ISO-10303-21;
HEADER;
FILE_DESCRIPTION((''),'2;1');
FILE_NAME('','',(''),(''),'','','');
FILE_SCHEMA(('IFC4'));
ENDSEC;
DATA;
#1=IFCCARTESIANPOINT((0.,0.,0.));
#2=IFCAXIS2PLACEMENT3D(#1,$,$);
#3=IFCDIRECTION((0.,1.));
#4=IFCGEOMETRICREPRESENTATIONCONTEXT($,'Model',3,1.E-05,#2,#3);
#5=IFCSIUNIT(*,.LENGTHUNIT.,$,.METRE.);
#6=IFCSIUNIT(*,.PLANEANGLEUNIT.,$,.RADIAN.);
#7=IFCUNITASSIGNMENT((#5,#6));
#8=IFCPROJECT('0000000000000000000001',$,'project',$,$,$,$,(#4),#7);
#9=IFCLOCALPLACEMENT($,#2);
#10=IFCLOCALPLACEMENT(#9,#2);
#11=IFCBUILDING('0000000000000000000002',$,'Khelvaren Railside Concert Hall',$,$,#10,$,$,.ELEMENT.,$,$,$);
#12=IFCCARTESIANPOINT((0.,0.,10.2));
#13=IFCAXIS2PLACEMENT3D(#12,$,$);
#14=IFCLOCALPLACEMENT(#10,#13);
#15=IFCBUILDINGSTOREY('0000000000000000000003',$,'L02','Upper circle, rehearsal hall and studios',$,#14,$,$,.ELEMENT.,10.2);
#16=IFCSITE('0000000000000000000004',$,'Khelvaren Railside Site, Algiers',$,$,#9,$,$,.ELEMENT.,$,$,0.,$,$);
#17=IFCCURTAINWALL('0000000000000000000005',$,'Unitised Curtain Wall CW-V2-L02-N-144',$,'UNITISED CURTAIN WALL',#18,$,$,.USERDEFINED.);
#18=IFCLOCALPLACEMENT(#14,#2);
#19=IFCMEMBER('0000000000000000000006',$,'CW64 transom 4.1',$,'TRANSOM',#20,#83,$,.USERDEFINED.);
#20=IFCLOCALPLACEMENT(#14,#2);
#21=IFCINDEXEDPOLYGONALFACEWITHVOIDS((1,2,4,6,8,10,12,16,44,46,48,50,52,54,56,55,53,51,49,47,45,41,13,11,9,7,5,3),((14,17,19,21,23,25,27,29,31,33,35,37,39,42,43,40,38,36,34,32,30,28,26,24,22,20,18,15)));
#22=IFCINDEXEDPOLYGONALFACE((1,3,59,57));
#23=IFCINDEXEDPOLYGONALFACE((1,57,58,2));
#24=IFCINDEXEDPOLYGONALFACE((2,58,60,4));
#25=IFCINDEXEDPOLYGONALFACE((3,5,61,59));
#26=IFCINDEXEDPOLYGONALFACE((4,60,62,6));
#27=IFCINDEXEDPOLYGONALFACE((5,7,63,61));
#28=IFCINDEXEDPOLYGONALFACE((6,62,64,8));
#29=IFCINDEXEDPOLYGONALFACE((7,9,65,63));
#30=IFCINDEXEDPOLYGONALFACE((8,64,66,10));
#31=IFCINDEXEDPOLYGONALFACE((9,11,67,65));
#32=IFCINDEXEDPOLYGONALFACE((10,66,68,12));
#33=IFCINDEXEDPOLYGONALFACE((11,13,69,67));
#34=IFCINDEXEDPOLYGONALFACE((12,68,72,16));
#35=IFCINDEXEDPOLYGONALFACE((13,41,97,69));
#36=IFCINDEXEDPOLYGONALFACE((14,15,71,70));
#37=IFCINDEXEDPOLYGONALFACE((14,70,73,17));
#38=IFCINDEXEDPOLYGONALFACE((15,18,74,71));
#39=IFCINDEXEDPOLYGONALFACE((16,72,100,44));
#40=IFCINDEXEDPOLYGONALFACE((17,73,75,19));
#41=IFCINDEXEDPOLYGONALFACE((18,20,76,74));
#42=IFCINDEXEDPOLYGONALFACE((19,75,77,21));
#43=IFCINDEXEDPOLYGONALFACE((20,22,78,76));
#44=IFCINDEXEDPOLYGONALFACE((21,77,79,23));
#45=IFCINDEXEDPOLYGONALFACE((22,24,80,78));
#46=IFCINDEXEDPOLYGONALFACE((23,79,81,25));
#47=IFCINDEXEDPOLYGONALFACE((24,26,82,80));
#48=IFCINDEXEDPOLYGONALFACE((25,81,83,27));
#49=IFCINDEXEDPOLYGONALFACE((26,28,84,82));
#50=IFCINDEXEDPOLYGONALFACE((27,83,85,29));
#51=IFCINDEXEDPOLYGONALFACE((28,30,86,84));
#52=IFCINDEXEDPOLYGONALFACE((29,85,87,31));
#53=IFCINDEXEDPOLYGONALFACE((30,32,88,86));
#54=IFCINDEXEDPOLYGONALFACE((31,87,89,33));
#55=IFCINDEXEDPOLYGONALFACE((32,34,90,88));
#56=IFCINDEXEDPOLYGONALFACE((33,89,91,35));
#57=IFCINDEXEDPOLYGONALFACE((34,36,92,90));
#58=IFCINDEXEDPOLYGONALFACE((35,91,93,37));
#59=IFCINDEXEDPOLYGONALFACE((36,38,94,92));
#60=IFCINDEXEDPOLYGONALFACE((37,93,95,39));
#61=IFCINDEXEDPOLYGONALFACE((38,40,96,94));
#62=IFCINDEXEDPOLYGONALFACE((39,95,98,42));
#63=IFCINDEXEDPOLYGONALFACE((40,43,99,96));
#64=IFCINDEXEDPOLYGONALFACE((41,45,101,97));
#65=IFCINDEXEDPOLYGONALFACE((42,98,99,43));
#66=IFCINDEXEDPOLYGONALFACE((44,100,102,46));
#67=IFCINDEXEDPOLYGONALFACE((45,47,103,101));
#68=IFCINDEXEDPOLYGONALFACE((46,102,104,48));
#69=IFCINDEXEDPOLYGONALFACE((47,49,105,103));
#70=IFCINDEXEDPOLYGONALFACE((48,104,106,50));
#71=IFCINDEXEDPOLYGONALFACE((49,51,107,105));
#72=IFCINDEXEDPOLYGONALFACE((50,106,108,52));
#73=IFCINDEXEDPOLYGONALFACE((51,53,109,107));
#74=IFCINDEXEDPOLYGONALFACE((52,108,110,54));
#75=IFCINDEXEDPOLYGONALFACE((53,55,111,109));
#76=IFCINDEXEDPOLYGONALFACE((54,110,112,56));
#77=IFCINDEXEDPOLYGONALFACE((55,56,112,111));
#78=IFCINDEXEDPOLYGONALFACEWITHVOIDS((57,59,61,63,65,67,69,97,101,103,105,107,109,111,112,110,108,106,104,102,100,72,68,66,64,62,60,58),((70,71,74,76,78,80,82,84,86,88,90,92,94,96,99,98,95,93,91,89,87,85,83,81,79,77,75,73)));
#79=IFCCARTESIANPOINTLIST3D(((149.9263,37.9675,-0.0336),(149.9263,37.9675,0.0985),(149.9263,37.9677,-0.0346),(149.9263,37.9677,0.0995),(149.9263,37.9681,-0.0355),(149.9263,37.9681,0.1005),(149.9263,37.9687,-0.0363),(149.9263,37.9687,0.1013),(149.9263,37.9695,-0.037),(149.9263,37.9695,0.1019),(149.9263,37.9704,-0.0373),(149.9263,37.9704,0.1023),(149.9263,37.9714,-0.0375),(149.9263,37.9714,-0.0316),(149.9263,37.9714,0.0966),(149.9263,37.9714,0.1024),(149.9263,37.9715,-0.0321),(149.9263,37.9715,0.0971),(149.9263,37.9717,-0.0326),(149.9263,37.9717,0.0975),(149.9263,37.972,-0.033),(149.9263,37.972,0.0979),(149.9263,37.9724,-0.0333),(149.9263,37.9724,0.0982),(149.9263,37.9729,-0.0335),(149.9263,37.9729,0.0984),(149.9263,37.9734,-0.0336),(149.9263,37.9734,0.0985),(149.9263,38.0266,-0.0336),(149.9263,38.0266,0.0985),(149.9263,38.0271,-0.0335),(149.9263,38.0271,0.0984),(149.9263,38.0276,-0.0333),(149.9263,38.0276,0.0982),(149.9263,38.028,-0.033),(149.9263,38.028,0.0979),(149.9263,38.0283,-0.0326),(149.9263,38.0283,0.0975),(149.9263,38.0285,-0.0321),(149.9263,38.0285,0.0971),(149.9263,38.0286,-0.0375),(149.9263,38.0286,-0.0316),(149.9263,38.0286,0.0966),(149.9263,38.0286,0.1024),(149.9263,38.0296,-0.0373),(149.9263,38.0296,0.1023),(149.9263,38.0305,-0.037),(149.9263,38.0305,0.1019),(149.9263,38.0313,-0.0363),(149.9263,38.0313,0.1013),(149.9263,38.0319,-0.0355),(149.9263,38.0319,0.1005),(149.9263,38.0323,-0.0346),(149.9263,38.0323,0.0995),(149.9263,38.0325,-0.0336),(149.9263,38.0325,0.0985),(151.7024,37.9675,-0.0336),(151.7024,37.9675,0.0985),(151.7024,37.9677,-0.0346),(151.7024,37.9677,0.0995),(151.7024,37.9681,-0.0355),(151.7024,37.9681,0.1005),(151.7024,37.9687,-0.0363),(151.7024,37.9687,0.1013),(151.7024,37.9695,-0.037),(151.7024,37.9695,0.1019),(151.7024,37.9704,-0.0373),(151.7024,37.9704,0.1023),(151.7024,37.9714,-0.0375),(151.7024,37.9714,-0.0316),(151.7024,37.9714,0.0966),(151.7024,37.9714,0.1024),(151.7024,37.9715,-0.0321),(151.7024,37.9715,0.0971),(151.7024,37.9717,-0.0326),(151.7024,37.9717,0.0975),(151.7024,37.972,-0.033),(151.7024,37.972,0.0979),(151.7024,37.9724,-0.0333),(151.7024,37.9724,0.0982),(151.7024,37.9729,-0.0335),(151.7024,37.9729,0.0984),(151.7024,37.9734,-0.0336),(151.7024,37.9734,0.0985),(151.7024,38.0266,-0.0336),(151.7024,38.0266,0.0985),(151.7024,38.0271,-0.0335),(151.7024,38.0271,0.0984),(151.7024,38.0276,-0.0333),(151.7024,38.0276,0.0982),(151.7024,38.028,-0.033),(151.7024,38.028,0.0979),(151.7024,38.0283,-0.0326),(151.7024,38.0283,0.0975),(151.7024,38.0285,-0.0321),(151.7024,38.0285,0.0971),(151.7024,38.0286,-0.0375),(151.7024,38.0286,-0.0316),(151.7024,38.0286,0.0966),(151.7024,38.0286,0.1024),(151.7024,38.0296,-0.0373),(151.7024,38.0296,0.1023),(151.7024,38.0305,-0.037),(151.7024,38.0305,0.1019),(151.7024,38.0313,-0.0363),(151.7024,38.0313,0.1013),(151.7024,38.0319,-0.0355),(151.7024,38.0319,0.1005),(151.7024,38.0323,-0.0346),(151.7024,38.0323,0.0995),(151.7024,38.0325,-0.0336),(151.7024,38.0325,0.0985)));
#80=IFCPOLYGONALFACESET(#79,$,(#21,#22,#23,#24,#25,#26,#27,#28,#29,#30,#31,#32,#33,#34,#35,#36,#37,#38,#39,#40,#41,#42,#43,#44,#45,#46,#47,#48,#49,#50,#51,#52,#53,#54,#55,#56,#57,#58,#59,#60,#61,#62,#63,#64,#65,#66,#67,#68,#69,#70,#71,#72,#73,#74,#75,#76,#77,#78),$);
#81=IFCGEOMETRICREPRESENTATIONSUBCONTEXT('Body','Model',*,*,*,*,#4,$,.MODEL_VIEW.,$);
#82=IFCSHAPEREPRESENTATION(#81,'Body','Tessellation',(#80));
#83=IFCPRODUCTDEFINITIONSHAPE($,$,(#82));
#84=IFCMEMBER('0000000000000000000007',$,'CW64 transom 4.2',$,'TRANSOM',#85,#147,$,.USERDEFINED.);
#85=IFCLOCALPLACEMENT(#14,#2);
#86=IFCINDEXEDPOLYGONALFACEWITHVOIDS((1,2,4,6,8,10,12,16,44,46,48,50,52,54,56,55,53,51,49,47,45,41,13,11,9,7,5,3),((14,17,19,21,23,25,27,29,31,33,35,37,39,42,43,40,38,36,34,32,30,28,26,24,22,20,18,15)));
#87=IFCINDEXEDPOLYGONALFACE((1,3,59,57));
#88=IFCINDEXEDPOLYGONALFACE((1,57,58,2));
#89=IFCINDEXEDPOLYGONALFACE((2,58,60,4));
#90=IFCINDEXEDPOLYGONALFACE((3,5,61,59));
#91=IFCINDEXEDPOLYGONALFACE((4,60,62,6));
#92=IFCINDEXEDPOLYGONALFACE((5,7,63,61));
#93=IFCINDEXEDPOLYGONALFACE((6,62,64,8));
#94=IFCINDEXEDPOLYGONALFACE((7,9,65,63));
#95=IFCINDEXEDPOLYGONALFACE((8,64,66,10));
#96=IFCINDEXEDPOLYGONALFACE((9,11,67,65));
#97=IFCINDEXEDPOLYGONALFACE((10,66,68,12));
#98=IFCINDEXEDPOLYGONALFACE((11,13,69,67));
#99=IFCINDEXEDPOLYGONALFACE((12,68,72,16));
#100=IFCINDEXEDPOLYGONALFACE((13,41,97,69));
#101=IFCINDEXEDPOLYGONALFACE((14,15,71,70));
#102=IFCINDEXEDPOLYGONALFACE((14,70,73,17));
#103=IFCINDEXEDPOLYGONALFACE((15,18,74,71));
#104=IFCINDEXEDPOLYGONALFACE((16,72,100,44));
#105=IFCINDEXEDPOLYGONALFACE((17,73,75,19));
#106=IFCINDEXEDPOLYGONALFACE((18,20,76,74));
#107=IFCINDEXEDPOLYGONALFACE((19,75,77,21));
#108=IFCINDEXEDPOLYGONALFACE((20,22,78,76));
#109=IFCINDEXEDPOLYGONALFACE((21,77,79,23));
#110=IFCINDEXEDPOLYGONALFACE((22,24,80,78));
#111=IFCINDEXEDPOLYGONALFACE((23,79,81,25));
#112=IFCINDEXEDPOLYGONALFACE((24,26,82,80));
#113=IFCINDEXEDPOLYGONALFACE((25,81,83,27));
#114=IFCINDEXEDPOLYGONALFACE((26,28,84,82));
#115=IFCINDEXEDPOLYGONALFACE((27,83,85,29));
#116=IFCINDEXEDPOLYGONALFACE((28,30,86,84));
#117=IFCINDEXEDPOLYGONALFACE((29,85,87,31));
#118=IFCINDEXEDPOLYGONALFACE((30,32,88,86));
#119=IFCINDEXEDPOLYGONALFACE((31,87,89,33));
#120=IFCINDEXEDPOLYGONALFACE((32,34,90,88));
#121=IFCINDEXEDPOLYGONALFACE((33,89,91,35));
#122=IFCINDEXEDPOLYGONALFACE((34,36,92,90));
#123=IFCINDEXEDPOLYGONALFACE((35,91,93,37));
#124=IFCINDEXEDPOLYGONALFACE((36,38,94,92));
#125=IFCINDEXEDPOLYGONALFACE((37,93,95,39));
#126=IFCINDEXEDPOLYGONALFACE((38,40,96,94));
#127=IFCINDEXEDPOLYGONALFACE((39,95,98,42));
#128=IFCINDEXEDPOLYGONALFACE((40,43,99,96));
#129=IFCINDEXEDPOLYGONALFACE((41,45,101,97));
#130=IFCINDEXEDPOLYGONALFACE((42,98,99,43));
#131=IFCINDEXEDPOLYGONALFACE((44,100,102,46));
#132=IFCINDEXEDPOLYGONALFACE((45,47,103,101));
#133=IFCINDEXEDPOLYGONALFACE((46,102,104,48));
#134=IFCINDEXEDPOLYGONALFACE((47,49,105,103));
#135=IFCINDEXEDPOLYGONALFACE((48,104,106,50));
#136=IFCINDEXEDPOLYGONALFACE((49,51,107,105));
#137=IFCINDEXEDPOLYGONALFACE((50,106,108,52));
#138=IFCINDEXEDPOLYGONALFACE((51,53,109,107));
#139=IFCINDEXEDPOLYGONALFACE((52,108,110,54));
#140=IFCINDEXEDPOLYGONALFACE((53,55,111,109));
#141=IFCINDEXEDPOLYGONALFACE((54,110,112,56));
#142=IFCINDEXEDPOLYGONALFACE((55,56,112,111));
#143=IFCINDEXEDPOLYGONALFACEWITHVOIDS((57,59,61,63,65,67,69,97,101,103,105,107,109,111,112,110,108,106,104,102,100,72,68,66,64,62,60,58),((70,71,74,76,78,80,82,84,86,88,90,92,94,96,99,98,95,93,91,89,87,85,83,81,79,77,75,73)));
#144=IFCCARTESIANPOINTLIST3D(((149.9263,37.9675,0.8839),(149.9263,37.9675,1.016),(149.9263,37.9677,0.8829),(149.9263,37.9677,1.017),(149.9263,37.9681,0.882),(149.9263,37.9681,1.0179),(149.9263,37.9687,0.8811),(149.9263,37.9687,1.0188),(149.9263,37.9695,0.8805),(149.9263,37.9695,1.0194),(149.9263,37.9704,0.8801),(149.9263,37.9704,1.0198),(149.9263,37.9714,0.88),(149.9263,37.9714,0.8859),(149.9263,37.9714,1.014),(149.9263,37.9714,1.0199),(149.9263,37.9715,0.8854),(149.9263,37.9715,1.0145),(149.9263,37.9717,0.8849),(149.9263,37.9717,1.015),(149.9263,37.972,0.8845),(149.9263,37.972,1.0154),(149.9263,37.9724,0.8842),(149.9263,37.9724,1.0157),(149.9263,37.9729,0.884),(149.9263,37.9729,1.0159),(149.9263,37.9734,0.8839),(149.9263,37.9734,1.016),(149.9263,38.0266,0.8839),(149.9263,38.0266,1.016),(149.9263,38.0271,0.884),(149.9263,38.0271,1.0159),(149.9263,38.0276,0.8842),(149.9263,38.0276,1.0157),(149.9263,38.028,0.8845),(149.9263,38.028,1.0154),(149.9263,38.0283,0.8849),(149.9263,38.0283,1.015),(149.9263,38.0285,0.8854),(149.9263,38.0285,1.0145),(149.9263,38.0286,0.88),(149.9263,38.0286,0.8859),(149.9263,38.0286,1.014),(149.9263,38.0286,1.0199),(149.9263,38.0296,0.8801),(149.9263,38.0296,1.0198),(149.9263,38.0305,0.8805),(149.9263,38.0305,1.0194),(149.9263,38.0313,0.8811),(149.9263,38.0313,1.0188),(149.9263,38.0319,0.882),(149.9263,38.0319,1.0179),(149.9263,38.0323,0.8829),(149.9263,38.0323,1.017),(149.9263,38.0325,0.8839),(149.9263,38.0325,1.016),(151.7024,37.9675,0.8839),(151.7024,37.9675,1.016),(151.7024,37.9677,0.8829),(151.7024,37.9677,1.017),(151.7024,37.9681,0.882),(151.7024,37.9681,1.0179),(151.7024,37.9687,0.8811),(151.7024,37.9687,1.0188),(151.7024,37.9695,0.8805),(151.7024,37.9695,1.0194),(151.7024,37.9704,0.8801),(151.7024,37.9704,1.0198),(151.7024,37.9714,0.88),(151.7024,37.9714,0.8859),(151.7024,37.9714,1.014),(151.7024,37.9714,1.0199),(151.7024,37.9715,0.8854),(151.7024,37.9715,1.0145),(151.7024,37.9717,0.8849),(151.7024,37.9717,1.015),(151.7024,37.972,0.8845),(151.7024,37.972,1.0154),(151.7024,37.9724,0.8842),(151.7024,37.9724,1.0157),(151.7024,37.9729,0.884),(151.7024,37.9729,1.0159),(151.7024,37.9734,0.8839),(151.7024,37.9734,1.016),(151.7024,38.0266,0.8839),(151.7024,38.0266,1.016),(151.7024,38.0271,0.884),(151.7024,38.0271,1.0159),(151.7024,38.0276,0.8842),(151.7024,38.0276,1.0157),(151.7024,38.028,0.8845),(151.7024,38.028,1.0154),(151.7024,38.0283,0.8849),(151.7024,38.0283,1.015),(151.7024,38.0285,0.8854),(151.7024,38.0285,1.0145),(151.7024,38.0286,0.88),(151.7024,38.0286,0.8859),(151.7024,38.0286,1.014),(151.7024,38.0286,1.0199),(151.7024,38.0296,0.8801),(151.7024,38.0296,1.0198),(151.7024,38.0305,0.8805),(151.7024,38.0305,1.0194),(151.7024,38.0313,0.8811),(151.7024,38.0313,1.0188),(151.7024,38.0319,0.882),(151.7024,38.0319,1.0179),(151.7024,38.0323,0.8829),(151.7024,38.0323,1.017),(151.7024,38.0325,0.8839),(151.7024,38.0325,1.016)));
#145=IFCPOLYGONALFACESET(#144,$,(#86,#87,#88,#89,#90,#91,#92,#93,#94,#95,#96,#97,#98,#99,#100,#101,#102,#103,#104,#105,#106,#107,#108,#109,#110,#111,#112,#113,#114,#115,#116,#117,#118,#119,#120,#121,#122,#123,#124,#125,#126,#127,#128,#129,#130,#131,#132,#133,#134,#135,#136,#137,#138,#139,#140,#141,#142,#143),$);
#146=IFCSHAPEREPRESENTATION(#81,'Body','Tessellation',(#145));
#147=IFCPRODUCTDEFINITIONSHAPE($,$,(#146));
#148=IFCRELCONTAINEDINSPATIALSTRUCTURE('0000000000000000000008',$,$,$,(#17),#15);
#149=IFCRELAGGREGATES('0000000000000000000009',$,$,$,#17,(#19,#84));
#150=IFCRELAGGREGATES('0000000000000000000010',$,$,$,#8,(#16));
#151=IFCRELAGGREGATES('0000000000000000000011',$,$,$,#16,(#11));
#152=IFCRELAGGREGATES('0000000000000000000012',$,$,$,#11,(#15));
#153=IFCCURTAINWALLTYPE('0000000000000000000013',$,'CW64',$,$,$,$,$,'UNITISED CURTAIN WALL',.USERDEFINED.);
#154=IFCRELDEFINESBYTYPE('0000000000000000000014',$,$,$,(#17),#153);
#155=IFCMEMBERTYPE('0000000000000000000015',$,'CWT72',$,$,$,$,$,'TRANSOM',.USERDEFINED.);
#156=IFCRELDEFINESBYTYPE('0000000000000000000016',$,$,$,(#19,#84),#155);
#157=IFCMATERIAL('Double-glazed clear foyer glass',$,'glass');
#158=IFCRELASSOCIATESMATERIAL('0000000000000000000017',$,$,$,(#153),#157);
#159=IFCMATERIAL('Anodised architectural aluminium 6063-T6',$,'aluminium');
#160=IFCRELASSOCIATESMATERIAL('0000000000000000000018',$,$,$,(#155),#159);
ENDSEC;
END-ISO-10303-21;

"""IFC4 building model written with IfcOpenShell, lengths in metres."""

from ifc_helpers import new_model, si_unit, direction, frame, origin, origin_2d, place, context, subcontext, project, spatial, hollow_rectangle, extrude, material, material_profile, profile_set, type_object, element, aggregate, save


model = new_model("IFC4")

# Units and contexts
model_context = context("Model", 3, precision=1e-05, world=origin(), true_north=direction((0.0, 1.0)))
body_context = subcontext(model_context, "Body", "Model", "MODEL_VIEW")
ifc_project = project(units=[si_unit("LENGTHUNIT", "METRE"), si_unit("PLANEANGLEUNIT", "RADIAN")], contexts=[model_context])

# Site, building, storey
site_placement = place(None, origin())
site = spatial("IfcSite", under=ifc_project, at=site_placement, Name="Khelvaren Railside Site, Algiers", CompositionType="ELEMENT", RefElevation=0.0)
building_placement = place(site_placement, origin())
building = spatial("IfcBuilding", under=site, at=building_placement, Name="Khelvaren Railside Concert Hall", CompositionType="ELEMENT")
storey_placement = place(building_placement, frame((0.0, 0.0, 10.2)))
storey = spatial("IfcBuildingStorey", under=building, at=storey_placement, Name="L02", Description="Upper circle, rehearsal hall and studios", CompositionType="ELEMENT", Elevation=10.2)

# Curtain wall, members
ifc_material_1 = material(Name="Double-glazed clear foyer glass", Category="glass")
curtain_wall_type = type_object("IfcCurtainWallType", Name="CW64", ElementType="UNITISED CURTAIN WALL", PredefinedType="USERDEFINED", material=ifc_material_1)
curtain_wall_placement = place(storey_placement, origin())
curtain_wall = element("IfcCurtainWall", 1, at=curtain_wall_placement, inside=storey, type_object=curtain_wall_type, Name="Unitised Curtain Wall CW-V2-L02-N-144", ObjectType="UNITISED CURTAIN WALL", PredefinedType="USERDEFINED")
ifc_material_2 = material(Name="Anodised architectural aluminium 6063-T6", Category="aluminium")
ifc_material_profile_1 = material_profile(ifc_material_2, hollow_rectangle(XDim=0.0649, YDim=0.1399, WallThickness=0.0039, InnerFilletRadius=0.002, OuterFilletRadius=0.0039, at=origin_2d()), Name="CWT 65x140x4")
ifc_profile_set_1 = profile_set([ifc_material_profile_1], Name="Anodised architectural aluminium 6063-T6")
member_type_1 = type_object("IfcMemberType", Name="CWT72", ElementType="TRANSOM", PredefinedType="USERDEFINED", material=ifc_profile_set_1)
member_1_placement = place(storey_placement, frame((149.9263, 38.0, 0.0325), z_axis=(1.0, 0.0, 0.0), x_axis=(0.0, 1.0, 0.0)))
member_1 = element("IfcMember", 2, at=member_1_placement, type_object=member_type_1, Name="CW64 transom 4.1", ObjectType="TRANSOM", PredefinedType="USERDEFINED", context=body_context, shape_type="SweptSolid", body=[
    extrude(hollow_rectangle(XDim=0.0649, YDim=0.1399, WallThickness=0.0039, InnerFilletRadius=0.002, OuterFilletRadius=0.0039, at=origin_2d()), origin(), (0.0, 0.0, 1.0), 1.7761),
])
member_2_placement = place(storey_placement, frame((149.9263, 38.0, 0.95), z_axis=(1.0, 0.0, 0.0), x_axis=(0.0, 1.0, 0.0)))
member_2 = element("IfcMember", 3, at=member_2_placement, type_object=member_type_1, Name="CW64 transom 4.2", ObjectType="TRANSOM", PredefinedType="USERDEFINED", context=body_context, shape_type="SweptSolid", body=[
    extrude(hollow_rectangle(XDim=0.0649, YDim=0.1399, WallThickness=0.0039, InnerFilletRadius=0.002, OuterFilletRadius=0.0039, at=origin_2d()), origin(), (0.0, 0.0, 1.0), 1.7761),
])
aggregate(curtain_wall, [member_1, member_2])

save(model, "model.ifc")
